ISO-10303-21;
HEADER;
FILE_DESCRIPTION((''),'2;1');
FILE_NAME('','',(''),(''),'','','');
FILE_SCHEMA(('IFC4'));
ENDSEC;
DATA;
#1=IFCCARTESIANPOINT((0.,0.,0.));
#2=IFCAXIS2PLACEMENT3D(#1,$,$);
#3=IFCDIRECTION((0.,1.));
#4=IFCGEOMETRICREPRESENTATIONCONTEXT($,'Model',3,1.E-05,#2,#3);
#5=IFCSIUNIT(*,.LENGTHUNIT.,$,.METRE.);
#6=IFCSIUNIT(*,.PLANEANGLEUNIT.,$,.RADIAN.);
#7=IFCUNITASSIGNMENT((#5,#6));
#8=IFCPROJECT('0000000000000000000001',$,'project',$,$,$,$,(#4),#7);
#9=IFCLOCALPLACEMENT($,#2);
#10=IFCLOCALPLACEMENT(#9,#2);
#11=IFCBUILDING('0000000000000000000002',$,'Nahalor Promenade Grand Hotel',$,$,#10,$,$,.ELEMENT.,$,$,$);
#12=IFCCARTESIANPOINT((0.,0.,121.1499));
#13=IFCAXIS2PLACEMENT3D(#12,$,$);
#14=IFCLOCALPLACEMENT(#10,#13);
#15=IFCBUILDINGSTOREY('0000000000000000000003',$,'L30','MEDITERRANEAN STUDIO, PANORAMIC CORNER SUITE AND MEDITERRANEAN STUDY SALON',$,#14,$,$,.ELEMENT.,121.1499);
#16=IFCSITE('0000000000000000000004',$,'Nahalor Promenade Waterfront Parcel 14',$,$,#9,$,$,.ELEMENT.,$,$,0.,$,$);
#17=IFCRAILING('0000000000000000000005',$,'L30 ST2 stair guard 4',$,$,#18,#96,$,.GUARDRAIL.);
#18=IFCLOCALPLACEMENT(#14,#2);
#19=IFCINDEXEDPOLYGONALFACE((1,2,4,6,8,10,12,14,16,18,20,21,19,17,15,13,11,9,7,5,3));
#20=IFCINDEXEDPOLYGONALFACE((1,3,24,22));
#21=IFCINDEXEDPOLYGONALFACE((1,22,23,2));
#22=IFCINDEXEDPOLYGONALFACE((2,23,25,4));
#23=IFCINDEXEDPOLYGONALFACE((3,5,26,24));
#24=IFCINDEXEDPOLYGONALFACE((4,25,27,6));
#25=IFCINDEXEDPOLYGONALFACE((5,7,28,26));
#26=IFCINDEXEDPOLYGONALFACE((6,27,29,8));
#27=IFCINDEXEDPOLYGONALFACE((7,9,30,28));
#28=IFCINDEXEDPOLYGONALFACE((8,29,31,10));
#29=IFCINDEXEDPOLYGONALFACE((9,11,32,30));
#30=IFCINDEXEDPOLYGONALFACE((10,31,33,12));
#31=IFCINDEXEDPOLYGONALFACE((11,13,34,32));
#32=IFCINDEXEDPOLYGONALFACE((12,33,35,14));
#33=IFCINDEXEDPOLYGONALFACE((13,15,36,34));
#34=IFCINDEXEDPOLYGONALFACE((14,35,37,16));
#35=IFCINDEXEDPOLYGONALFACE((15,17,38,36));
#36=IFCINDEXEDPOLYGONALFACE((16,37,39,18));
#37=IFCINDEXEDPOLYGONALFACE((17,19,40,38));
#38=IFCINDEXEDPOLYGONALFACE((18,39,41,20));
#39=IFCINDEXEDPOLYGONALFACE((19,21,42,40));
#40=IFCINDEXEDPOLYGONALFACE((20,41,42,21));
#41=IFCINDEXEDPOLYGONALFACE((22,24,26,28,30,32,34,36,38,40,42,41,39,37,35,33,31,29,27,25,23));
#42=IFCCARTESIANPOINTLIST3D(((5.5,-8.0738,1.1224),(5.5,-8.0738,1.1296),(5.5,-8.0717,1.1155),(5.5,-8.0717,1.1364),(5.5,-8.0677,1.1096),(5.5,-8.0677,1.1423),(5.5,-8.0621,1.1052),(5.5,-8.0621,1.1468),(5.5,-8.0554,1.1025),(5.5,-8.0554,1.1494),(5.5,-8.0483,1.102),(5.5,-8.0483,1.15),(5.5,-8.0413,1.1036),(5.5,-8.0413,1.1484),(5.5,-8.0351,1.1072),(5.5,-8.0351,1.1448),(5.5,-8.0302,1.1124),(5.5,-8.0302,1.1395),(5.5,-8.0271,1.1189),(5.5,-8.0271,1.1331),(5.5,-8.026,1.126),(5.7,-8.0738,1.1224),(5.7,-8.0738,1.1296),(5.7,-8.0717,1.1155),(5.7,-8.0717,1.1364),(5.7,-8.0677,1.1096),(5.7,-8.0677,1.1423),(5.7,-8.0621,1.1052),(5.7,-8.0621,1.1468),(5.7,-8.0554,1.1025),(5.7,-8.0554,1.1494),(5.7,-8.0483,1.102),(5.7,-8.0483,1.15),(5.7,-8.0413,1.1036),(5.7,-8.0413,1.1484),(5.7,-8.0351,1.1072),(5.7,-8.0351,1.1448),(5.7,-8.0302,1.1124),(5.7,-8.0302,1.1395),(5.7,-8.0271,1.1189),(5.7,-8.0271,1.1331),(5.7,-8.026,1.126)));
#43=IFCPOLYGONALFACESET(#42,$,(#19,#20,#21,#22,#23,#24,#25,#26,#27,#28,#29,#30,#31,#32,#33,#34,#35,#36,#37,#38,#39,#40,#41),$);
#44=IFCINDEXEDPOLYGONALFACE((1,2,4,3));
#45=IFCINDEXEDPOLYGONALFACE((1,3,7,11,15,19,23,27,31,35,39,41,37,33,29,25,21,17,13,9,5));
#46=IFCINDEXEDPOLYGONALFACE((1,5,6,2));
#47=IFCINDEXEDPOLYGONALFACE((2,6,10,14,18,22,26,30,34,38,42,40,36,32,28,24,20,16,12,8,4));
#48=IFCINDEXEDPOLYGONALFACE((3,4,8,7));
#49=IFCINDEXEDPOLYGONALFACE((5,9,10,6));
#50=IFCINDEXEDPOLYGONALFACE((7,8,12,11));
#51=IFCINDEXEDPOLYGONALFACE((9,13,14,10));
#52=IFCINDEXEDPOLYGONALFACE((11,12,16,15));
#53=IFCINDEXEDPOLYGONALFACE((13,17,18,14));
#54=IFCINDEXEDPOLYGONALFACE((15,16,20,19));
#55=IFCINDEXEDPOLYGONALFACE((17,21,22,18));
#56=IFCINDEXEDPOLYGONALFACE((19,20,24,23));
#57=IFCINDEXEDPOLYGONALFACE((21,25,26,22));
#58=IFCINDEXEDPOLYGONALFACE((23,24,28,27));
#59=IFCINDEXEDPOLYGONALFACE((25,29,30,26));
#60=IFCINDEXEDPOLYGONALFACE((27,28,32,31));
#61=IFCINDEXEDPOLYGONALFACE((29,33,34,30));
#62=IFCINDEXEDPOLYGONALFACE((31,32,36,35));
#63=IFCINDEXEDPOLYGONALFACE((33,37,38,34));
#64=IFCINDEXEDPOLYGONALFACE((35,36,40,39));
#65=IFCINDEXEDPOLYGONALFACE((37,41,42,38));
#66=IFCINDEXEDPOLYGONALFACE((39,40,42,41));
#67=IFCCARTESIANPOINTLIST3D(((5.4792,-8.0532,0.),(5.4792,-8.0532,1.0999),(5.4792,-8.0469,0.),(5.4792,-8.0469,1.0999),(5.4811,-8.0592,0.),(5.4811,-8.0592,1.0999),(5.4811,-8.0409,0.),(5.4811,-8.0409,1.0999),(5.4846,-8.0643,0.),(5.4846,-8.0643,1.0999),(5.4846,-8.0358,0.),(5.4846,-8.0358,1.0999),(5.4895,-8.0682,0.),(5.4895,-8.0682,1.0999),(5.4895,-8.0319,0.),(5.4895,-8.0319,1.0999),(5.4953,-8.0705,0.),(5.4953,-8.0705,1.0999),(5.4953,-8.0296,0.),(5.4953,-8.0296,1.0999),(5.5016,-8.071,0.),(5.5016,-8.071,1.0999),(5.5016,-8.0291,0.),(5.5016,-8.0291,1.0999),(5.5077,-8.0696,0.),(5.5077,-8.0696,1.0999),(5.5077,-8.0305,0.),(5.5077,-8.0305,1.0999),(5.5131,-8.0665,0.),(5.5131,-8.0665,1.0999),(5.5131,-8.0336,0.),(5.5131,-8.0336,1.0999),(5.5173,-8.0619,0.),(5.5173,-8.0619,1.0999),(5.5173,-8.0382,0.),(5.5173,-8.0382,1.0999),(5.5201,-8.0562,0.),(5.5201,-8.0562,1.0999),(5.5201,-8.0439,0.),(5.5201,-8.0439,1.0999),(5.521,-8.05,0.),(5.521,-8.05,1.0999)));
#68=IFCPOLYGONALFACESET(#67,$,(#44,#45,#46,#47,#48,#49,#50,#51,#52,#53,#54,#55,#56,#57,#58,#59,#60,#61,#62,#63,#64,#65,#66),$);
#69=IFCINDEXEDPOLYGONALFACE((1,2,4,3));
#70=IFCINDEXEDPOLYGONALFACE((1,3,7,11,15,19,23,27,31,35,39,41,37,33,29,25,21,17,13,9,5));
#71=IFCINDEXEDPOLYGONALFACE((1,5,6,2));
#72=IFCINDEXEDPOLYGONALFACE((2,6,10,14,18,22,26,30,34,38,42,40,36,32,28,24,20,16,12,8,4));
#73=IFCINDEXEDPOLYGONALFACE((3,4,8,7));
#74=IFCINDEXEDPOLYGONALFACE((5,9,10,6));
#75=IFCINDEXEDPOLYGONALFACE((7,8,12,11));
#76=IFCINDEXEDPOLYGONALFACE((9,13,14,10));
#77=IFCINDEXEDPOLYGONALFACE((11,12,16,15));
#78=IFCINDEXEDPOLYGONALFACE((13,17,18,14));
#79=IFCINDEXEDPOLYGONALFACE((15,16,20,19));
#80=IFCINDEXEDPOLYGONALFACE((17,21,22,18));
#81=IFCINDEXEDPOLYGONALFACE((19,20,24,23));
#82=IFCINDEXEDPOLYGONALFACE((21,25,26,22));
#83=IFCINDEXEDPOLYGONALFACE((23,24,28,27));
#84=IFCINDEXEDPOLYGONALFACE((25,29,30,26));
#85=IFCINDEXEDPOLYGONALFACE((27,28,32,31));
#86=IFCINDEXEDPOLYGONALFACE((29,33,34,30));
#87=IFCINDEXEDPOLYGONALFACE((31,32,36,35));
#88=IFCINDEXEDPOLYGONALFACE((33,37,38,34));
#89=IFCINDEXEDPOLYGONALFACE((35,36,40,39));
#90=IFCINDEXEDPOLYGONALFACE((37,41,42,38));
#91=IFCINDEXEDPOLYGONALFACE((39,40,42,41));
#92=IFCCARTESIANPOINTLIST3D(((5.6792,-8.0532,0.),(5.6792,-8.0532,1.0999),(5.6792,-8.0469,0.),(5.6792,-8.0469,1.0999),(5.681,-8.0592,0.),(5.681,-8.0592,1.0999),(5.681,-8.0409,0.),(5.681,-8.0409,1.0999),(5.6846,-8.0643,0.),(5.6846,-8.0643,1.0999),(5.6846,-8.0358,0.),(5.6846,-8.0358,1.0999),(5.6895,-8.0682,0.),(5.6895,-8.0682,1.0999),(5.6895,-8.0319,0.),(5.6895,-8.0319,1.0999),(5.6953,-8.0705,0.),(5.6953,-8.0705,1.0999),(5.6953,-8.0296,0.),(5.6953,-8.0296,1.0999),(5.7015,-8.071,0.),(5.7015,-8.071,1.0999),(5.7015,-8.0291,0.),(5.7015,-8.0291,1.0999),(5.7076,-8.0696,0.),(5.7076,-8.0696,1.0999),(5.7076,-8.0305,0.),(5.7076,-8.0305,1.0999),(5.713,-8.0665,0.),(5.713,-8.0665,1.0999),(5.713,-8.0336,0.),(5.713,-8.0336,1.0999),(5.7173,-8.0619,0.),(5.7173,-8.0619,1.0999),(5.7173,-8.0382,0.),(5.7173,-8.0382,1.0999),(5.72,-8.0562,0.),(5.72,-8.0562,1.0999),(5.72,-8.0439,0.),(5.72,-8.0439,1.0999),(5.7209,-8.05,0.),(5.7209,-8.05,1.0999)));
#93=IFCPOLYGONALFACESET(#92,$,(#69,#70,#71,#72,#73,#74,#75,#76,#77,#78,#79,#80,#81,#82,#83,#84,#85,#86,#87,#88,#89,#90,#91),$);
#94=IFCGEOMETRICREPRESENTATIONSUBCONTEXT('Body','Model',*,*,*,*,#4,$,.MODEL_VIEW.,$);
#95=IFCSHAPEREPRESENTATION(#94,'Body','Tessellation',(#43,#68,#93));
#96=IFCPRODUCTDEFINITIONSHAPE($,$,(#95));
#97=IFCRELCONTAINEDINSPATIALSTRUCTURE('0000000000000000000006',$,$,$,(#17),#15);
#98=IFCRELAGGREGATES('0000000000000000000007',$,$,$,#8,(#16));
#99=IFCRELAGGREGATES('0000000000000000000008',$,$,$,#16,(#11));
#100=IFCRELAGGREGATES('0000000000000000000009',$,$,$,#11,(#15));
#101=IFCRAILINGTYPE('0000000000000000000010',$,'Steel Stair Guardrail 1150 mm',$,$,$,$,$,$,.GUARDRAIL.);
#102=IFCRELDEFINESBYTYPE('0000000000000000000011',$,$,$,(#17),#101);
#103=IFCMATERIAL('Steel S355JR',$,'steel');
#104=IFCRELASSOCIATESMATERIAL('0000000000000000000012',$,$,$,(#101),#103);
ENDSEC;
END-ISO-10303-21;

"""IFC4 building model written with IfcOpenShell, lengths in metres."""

from ifc_helpers import new_model, si_unit, direction, frame, origin, origin_2d, place, context, subcontext, project, spatial, circle, extrude, material, type_object, element, save


model = new_model("IFC4")

# Units and contexts
model_context = context("Model", 3, precision=1e-05, world=origin(), true_north=direction((0.0, 1.0)))
body_context = subcontext(model_context, "Body", "Model", "MODEL_VIEW")
ifc_project = project(units=[si_unit("LENGTHUNIT", "METRE"), si_unit("PLANEANGLEUNIT", "RADIAN")], contexts=[model_context])

# Site, building, storey
site_placement = place(None, origin())
site = spatial("IfcSite", under=ifc_project, at=site_placement, Name="Nahalor Promenade Waterfront Parcel 14", CompositionType="ELEMENT", RefElevation=0.0)
building_placement = place(site_placement, origin())
building = spatial("IfcBuilding", under=site, at=building_placement, Name="Nahalor Promenade Grand Hotel", CompositionType="ELEMENT")
storey_placement = place(building_placement, frame((0.0, 0.0, 121.1499)))
storey = spatial("IfcBuildingStorey", under=building, at=storey_placement, Name="L30", Description="MEDITERRANEAN STUDIO, PANORAMIC CORNER SUITE AND MEDITERRANEAN STUDY SALON", CompositionType="ELEMENT", Elevation=121.1499)

# Shared definitions
ifc_material_1 = material(Name="Steel S355JR", Category="steel")

# Railing
railing_type_1 = type_object("IfcRailingType", Name="Steel Stair Guardrail 1150 mm", PredefinedType="GUARDRAIL", material=ifc_material_1)
railing_1_placement = place(storey_placement, frame((5.5, -8.05, 0.0)))
element("IfcRailing", 1, at=railing_1_placement, inside=storey, type_object=railing_type_1, Name="L30 ST2 stair guard 4", PredefinedType="GUARDRAIL", context=body_context, shape_type="SweptSolid", body=[
    extrude(circle(Radius=0.024, at=origin_2d()), frame((0.0, 0.0, 1.126), z_axis=(1.0, 0.0, 0.0), x_axis=(0.0, 1.0, 0.0)), (0.0, 0.0, 1.0), 0.2),
    extrude(circle(Radius=0.021, at=origin_2d()), origin(), (0.0, 0.0, 1.0), 1.0999),
    extrude(circle(Radius=0.021, at=origin_2d()), frame((0.2, 0.0, 0.0)), (0.0, 0.0, 1.0), 1.0999),
])

save(model, "model.ifc")
